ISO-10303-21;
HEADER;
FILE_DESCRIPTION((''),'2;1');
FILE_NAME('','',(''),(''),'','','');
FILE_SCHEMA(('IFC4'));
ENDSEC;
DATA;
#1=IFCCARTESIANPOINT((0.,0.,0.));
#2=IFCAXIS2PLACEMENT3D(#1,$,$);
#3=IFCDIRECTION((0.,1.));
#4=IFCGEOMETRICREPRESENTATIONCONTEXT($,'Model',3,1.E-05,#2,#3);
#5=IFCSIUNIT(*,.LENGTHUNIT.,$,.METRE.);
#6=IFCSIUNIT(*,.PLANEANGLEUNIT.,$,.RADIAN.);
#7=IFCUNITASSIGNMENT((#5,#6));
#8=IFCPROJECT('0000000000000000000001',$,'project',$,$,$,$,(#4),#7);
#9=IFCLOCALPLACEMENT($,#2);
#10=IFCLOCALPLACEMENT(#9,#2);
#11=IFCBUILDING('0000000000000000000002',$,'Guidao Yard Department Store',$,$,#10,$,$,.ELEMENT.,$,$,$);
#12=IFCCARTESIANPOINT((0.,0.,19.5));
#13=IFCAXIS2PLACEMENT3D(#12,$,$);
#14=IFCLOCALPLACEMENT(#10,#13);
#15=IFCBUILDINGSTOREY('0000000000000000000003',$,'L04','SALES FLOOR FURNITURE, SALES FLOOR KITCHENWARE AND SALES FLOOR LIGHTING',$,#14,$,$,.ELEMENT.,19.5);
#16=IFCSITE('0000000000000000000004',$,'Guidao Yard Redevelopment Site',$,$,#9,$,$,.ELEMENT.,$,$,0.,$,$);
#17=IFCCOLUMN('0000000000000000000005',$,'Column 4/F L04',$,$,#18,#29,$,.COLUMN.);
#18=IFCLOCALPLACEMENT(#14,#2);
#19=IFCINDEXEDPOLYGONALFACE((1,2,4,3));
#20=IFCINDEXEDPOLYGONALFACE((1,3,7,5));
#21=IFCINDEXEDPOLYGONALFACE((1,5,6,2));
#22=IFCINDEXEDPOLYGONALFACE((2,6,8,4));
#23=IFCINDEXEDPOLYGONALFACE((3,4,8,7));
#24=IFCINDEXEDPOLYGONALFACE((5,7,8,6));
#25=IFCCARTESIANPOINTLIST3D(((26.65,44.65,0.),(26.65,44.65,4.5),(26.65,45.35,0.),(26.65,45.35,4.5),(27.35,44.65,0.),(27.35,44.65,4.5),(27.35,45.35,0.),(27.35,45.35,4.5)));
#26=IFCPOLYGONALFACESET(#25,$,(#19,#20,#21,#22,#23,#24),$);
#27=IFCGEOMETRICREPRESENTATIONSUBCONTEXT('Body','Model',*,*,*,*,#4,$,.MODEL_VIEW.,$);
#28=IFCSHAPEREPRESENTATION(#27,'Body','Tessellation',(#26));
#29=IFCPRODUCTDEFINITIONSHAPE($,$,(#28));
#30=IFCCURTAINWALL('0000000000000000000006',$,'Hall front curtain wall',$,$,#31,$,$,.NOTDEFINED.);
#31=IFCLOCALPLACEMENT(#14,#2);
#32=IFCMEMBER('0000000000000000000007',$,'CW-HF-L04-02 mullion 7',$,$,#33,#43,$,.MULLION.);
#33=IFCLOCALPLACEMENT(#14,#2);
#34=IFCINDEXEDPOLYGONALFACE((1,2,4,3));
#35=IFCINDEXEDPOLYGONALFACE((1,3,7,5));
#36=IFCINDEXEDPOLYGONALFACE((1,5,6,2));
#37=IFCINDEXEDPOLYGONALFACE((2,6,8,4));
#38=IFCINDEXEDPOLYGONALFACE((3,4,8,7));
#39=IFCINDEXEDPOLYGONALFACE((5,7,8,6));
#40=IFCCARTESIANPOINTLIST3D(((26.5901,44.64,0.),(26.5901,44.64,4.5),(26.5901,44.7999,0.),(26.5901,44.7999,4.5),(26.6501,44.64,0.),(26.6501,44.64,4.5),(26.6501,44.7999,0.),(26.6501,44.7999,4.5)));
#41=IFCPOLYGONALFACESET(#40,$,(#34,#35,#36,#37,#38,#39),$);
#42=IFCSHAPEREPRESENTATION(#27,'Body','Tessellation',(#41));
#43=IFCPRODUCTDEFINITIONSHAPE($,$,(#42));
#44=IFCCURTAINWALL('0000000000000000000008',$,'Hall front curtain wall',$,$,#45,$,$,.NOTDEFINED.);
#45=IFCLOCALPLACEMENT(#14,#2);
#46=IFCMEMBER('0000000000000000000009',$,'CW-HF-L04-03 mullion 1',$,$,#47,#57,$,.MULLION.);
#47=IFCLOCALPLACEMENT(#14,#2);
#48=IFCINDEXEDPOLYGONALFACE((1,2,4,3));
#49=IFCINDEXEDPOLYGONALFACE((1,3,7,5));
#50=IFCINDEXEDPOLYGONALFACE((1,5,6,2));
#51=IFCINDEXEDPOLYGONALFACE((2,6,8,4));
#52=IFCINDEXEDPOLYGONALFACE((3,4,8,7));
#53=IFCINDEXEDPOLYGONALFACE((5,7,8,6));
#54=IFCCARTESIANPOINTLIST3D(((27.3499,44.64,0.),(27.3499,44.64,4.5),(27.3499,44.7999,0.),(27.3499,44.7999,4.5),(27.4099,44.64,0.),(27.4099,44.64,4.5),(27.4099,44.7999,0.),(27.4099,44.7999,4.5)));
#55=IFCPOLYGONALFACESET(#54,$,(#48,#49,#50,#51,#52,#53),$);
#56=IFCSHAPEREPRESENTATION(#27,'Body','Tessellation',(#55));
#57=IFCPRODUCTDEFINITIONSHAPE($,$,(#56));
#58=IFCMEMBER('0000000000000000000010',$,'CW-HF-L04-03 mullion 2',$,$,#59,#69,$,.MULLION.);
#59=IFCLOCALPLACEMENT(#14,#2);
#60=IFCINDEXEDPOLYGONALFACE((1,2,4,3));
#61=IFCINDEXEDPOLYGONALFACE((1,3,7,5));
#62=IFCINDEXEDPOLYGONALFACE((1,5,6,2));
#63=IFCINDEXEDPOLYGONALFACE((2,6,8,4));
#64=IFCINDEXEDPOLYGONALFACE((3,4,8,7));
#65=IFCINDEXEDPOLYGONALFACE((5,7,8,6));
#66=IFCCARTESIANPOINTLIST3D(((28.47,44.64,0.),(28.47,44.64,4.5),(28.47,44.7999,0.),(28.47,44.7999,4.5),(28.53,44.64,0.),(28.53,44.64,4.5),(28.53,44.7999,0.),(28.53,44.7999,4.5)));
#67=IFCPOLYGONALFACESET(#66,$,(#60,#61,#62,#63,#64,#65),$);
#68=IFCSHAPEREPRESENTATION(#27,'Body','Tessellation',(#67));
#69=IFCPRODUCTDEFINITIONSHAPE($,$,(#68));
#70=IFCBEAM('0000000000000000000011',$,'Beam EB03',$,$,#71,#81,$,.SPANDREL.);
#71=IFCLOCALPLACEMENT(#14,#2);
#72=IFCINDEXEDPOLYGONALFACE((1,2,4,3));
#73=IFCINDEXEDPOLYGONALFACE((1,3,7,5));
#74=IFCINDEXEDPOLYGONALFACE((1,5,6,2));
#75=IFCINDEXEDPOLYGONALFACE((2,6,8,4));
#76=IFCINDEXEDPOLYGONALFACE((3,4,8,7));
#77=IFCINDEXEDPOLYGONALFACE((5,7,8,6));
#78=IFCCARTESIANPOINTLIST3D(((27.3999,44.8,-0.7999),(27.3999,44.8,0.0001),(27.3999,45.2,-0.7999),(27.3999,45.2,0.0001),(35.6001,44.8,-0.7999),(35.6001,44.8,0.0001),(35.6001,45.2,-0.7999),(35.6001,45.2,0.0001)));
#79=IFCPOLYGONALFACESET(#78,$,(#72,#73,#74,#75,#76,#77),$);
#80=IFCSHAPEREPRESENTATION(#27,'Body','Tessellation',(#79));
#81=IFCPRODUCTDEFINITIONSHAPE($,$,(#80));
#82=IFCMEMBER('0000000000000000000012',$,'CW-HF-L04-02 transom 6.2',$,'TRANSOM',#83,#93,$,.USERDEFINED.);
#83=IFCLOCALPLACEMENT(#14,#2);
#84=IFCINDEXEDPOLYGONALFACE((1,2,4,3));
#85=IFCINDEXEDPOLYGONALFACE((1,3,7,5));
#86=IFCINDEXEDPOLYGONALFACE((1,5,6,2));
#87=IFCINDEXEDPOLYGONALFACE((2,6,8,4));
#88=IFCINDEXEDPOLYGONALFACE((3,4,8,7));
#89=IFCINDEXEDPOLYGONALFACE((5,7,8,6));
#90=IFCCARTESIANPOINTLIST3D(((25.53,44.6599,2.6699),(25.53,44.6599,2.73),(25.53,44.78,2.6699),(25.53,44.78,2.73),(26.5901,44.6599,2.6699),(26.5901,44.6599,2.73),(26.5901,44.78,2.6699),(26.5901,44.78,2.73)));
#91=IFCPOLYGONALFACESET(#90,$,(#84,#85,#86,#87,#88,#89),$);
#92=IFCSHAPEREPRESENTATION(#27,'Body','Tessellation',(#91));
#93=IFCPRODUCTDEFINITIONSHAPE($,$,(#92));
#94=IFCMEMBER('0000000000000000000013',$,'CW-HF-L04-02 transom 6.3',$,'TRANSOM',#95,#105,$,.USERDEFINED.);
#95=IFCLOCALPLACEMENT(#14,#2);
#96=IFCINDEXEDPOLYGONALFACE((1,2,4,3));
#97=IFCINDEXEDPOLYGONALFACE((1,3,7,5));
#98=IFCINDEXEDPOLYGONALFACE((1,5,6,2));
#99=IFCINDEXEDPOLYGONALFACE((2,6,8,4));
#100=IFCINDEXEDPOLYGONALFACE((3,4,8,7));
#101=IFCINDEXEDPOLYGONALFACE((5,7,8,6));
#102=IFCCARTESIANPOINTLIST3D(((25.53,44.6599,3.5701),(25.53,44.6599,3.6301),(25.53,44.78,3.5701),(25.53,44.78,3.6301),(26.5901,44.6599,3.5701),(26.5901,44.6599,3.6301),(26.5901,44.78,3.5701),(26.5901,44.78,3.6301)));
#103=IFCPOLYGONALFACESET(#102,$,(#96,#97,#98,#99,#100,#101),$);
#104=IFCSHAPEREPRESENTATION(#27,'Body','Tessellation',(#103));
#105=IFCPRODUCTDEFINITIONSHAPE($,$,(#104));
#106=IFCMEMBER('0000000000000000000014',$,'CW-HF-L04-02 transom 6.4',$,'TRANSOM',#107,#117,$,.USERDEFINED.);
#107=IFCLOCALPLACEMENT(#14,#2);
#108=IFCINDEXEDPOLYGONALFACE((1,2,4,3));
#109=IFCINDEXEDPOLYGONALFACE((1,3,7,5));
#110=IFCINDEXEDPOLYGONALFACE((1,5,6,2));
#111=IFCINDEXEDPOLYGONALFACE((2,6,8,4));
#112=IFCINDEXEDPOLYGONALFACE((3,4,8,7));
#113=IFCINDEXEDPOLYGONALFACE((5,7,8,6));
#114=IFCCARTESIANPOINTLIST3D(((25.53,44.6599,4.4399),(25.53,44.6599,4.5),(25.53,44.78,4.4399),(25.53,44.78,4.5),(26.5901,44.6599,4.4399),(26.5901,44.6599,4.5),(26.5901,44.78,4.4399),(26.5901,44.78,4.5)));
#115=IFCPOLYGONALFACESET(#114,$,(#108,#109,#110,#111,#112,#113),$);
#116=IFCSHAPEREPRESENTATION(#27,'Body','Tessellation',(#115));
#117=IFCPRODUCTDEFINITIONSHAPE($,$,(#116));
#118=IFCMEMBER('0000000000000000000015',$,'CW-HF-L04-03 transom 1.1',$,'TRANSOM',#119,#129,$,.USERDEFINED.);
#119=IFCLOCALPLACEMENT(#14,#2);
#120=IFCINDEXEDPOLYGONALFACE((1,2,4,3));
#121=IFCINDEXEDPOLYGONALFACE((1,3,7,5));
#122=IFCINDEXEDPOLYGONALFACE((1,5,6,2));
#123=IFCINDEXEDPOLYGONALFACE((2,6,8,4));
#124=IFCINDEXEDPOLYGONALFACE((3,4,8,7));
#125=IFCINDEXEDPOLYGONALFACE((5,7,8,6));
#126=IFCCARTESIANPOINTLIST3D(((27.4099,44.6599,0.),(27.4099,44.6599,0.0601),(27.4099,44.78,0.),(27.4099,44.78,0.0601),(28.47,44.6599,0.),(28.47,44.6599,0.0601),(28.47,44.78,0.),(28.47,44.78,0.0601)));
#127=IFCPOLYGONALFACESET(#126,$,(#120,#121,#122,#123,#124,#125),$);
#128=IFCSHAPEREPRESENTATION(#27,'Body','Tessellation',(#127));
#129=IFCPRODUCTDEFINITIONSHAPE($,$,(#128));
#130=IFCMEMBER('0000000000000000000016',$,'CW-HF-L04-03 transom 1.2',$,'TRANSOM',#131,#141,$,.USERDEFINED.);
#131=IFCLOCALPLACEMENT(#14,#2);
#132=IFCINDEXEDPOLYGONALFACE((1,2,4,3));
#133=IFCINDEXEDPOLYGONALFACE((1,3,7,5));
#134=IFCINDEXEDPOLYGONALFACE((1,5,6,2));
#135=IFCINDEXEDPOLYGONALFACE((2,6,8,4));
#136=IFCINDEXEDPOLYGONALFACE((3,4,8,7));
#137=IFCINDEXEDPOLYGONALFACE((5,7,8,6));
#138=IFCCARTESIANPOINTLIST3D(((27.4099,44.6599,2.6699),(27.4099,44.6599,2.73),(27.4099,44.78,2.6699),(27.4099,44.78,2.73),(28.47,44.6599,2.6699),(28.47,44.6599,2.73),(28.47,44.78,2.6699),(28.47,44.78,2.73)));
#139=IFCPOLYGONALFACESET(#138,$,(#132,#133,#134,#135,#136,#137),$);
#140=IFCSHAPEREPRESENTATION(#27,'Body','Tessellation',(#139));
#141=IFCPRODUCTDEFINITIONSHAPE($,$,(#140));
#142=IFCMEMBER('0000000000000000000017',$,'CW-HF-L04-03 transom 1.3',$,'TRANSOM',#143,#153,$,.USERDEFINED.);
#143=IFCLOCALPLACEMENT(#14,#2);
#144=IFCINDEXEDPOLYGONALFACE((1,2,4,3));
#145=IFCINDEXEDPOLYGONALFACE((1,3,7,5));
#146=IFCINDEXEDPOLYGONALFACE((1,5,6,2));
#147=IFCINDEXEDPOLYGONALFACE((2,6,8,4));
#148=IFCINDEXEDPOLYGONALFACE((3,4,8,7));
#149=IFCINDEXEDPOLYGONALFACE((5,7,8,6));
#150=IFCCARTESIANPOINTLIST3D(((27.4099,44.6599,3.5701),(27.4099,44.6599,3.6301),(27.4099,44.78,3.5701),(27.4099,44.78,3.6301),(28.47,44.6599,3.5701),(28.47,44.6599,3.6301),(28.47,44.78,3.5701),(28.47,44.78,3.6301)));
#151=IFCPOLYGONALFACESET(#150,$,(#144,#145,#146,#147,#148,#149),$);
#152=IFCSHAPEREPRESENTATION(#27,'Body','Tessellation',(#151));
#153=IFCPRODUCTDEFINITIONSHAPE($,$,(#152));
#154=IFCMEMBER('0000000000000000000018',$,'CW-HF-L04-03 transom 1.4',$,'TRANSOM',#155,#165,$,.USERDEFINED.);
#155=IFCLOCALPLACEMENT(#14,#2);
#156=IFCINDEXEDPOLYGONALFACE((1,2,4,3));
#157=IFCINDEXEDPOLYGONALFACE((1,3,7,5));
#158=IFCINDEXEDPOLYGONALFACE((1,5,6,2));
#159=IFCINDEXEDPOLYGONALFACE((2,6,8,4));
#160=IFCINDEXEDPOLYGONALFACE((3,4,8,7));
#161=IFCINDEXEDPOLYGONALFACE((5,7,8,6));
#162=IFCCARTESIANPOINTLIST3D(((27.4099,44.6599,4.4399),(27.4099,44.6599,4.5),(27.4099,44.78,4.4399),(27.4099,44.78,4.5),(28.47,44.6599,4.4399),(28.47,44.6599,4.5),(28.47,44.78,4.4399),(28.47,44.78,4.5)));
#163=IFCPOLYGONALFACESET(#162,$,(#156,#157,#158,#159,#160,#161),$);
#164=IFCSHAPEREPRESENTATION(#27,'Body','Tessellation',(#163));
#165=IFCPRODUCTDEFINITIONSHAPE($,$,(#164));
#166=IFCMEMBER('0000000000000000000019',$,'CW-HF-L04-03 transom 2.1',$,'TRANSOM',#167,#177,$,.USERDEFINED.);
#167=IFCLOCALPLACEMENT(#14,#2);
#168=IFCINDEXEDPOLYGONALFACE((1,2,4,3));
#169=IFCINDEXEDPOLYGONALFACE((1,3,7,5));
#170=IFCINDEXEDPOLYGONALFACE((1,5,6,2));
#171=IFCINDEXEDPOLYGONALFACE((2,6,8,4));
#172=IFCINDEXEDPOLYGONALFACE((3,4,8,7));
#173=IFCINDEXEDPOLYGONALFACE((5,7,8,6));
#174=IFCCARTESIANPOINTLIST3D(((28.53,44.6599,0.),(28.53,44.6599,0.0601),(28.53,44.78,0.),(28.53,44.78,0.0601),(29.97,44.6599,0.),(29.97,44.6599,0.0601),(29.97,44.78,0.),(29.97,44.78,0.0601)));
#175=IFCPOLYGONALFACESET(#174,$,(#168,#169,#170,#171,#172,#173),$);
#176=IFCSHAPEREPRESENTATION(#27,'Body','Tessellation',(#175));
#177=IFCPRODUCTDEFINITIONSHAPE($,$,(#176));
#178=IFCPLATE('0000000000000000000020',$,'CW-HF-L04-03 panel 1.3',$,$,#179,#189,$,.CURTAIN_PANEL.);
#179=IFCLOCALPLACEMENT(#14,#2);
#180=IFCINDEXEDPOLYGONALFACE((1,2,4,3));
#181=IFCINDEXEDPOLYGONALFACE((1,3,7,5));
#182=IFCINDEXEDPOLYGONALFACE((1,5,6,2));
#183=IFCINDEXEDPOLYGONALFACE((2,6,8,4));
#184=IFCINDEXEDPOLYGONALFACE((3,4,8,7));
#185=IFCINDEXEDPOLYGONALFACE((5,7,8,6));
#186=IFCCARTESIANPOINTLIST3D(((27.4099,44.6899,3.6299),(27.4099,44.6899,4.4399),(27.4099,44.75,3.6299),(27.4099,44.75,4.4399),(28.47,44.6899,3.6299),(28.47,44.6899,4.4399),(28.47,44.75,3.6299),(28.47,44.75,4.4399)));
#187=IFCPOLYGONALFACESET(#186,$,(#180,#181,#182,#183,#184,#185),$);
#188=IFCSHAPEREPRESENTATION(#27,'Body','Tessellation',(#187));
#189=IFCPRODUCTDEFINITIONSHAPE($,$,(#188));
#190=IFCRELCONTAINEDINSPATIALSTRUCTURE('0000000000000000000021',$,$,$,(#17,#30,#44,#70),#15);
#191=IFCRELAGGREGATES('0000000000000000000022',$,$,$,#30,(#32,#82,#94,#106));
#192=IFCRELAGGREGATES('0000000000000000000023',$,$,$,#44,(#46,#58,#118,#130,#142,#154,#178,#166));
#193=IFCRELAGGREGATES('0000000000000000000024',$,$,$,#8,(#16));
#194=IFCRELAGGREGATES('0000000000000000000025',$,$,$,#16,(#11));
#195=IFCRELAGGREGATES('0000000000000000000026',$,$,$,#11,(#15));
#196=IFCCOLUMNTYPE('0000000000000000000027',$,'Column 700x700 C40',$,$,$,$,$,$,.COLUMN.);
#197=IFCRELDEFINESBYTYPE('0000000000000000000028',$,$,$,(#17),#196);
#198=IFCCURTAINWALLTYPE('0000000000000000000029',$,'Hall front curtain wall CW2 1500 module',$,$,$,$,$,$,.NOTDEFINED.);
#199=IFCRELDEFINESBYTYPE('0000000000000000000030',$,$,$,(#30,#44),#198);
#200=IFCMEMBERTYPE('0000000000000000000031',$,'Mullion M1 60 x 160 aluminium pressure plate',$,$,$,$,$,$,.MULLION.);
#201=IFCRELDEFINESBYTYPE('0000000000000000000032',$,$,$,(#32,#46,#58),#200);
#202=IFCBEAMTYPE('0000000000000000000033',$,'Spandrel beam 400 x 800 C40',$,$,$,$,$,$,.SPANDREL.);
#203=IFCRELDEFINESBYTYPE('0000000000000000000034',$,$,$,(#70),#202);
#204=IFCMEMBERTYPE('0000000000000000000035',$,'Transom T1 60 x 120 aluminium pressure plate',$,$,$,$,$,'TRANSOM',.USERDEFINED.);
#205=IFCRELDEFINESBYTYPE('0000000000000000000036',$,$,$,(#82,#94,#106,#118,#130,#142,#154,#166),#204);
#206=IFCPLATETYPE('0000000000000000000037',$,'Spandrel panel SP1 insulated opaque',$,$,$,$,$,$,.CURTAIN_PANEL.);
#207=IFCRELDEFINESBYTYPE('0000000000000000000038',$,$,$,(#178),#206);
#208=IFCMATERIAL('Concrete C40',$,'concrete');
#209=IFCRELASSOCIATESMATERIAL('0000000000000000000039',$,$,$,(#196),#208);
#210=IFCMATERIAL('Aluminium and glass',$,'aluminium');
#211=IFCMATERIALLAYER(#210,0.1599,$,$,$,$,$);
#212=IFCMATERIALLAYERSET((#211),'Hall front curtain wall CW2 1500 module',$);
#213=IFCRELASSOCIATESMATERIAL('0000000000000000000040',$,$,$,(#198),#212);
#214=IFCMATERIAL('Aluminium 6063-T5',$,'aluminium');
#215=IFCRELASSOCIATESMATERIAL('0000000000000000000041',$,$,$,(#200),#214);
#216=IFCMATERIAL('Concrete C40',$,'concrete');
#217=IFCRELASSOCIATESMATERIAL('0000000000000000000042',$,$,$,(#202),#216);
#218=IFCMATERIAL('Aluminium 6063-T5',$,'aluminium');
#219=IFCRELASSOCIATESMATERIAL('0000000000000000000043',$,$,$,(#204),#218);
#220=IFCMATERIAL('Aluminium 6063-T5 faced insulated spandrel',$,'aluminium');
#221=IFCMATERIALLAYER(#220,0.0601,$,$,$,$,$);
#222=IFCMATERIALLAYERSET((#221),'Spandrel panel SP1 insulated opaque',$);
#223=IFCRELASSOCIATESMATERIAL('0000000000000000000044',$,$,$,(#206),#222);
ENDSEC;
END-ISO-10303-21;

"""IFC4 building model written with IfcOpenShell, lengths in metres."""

from ifc_helpers import new_model, si_unit, direction, frame, origin, origin_2d, place, context, subcontext, project, spatial, rectangle, extrude, material, layer, layer_set, material_profile, profile_set, type_object, element, aggregate, save


model = new_model("IFC4")

# Units and contexts
model_context = context("Model", 3, precision=1e-05, world=origin(), true_north=direction((0.0, 1.0)))
body_context = subcontext(model_context, "Body", "Model", "MODEL_VIEW")
ifc_project = project(units=[si_unit("LENGTHUNIT", "METRE"), si_unit("PLANEANGLEUNIT", "RADIAN")], contexts=[model_context])

# Site, building, storey
site_placement = place(None, origin())
site = spatial("IfcSite", under=ifc_project, at=site_placement, Name="Guidao Yard Redevelopment Site", CompositionType="ELEMENT", RefElevation=0.0)
building_placement = place(site_placement, origin())
building = spatial("IfcBuilding", under=site, at=building_placement, Name="Guidao Yard Department Store", CompositionType="ELEMENT")
storey_placement = place(building_placement, frame((0.0, 0.0, 19.5)))
storey = spatial("IfcBuildingStorey", under=building, at=storey_placement, Name="L04", Description="SALES FLOOR FURNITURE, SALES FLOOR KITCHENWARE AND SALES FLOOR LIGHTING", CompositionType="ELEMENT", Elevation=19.5)

# Column
ifc_material_1 = material(Name="Concrete C40", Category="concrete")
ifc_material_profile_1 = material_profile(ifc_material_1, rectangle(XDim=0.7, YDim=0.7, at=origin_2d()), Name="COL 700x700")
ifc_profile_set_1 = profile_set([ifc_material_profile_1], Name="Concrete C40")
column_type = type_object("IfcColumnType", Name="Column 700x700 C40", PredefinedType="COLUMN", material=ifc_profile_set_1)
column_placement = place(storey_placement, frame((27.0, 45.0, 0.0), z_axis=(0.0, 0.0, 1.0), x_axis=(1.0, 0.0, 0.0)))
element("IfcColumn", 1, at=column_placement, inside=storey, type_object=column_type, Name="Column 4/F L04", PredefinedType="COLUMN", context=body_context, shape_type="SweptSolid", body=[
    extrude(rectangle(XDim=0.7, YDim=0.7, at=origin_2d()), origin(), (0.0, 0.0, 1.0), 4.5),
])

# Curtain wall, member
ifc_material_2 = material(Name="Aluminium and glass", Category="aluminium")
ifc_layer_1 = layer(ifc_material_2, 0.1599)
ifc_layer_set_1 = layer_set([ifc_layer_1], Name="Hall front curtain wall CW2 1500 module")
curtain_wall_type = type_object("IfcCurtainWallType", Name="Hall front curtain wall CW2 1500 module", PredefinedType="NOTDEFINED", material=ifc_layer_set_1)
curtain_wall_1_placement = place(storey_placement, origin())
curtain_wall_1 = element("IfcCurtainWall", 2, at=curtain_wall_1_placement, inside=storey, type_object=curtain_wall_type, Name="Hall front curtain wall", PredefinedType="NOTDEFINED")
ifc_material_3 = material(Name="Aluminium 6063-T5", Category="aluminium")
ifc_material_profile_2 = material_profile(ifc_material_3, rectangle(XDim=0.0601, YDim=0.1599, at=origin_2d()), Name="Mullion M1 60 x 160 aluminium pressure plate")
ifc_profile_set_2 = profile_set([ifc_material_profile_2], Name="Aluminium 6063-T5")
member_type_1 = type_object("IfcMemberType", Name="Mullion M1 60 x 160 aluminium pressure plate", PredefinedType="MULLION", material=ifc_profile_set_2)
member_1_placement = place(storey_placement, frame((26.6201, 44.72, 0.0), z_axis=(0.0, 0.0, 1.0), x_axis=(-1.0, 0.0, 0.0)))
member_1 = element("IfcMember", 3, at=member_1_placement, type_object=member_type_1, Name="CW-HF-L04-02 mullion 7", PredefinedType="MULLION", context=body_context, shape_type="SweptSolid", body=[
    extrude(rectangle(XDim=0.0601, YDim=0.1599, at=origin_2d()), origin(), (0.0, 0.0, 1.0), 4.5),
])

# Curtain wall, members
curtain_wall_2_placement = place(storey_placement, origin())
curtain_wall_2 = element("IfcCurtainWall", 4, at=curtain_wall_2_placement, inside=storey, type_object=curtain_wall_type, Name="Hall front curtain wall", PredefinedType="NOTDEFINED")
member_2_placement = place(storey_placement, frame((27.3799, 44.72, 0.0), z_axis=(0.0, 0.0, 1.0), x_axis=(-1.0, 0.0, 0.0)))
member_2 = element("IfcMember", 5, at=member_2_placement, type_object=member_type_1, Name="CW-HF-L04-03 mullion 1", PredefinedType="MULLION", context=body_context, shape_type="SweptSolid", body=[
    extrude(rectangle(XDim=0.0601, YDim=0.1599, at=origin_2d()), origin(), (0.0, 0.0, 1.0), 4.5),
])
member_3_placement = place(storey_placement, frame((28.5, 44.72, 0.0), z_axis=(0.0, 0.0, 1.0), x_axis=(-1.0, 0.0, 0.0)))
member_3 = element("IfcMember", 6, at=member_3_placement, type_object=member_type_1, Name="CW-HF-L04-03 mullion 2", PredefinedType="MULLION", context=body_context, shape_type="SweptSolid", body=[
    extrude(rectangle(XDim=0.0601, YDim=0.1599, at=origin_2d()), origin(), (0.0, 0.0, 1.0), 4.5),
])

# Beam
ifc_material_4 = material(Name="Concrete C40", Category="concrete")
ifc_material_profile_3 = material_profile(ifc_material_4, rectangle(XDim=0.3999, YDim=0.8, at=origin_2d()), Name="Spandrel beam 400 x 800 C40")
ifc_profile_set_3 = profile_set([ifc_material_profile_3], Name="Concrete C40")
beam_type = type_object("IfcBeamType", Name="Spandrel beam 400 x 800 C40", PredefinedType="SPANDREL", material=ifc_profile_set_3)
beam_placement = place(storey_placement, frame((27.3999, 45.0, -0.3999), z_axis=(1.0, 0.0, 0.0), x_axis=(0.0, 1.0, 0.0)))
element("IfcBeam", 7, at=beam_placement, inside=storey, type_object=beam_type, Name="Beam EB03", PredefinedType="SPANDREL", context=body_context, shape_type="SweptSolid", body=[
    extrude(rectangle(XDim=0.3999, YDim=0.8, at=origin_2d()), origin(), (0.0, 0.0, 1.0), 8.2002),
])

# Members
ifc_material_5 = material(Name="Aluminium 6063-T5", Category="aluminium")
ifc_material_profile_4 = material_profile(ifc_material_5, rectangle(XDim=0.1201, YDim=0.0601, at=origin_2d()), Name="Transom T1 60 x 120 aluminium pressure plate")
ifc_profile_set_4 = profile_set([ifc_material_profile_4], Name="Aluminium 6063-T5")
member_type_2 = type_object("IfcMemberType", Name="Transom T1 60 x 120 aluminium pressure plate", ElementType="TRANSOM", PredefinedType="USERDEFINED", material=ifc_profile_set_4)
member_4_placement = place(storey_placement, frame((26.5901, 44.72, 2.7), z_axis=(-1.0, 0.0, 0.0), x_axis=(0.0, -1.0, 0.0)))
member_4 = element("IfcMember", 8, at=member_4_placement, type_object=member_type_2, Name="CW-HF-L04-02 transom 6.2", ObjectType="TRANSOM", PredefinedType="USERDEFINED", context=body_context, shape_type="SweptSolid", body=[
    extrude(rectangle(XDim=0.1201, YDim=0.0601, at=origin_2d()), origin(), (0.0, 0.0, 1.0), 1.0601),
])
member_5_placement = place(storey_placement, frame((26.5901, 44.72, 3.6001), z_axis=(-1.0, 0.0, 0.0), x_axis=(0.0, -1.0, 0.0)))
member_5 = element("IfcMember", 9, at=member_5_placement, type_object=member_type_2, Name="CW-HF-L04-02 transom 6.3", ObjectType="TRANSOM", PredefinedType="USERDEFINED", context=body_context, shape_type="SweptSolid", body=[
    extrude(rectangle(XDim=0.1201, YDim=0.0601, at=origin_2d()), origin(), (0.0, 0.0, 1.0), 1.0601),
])
member_6_placement = place(storey_placement, frame((26.5901, 44.72, 4.47), z_axis=(-1.0, 0.0, 0.0), x_axis=(0.0, -1.0, 0.0)))
member_6 = element("IfcMember", 10, at=member_6_placement, type_object=member_type_2, Name="CW-HF-L04-02 transom 6.4", ObjectType="TRANSOM", PredefinedType="USERDEFINED", context=body_context, shape_type="SweptSolid", body=[
    extrude(rectangle(XDim=0.1201, YDim=0.0601, at=origin_2d()), origin(), (0.0, 0.0, 1.0), 1.0601),
])
aggregate(curtain_wall_1, [member_1, member_4, member_5, member_6])
member_7_placement = place(storey_placement, frame((28.47, 44.72, 0.03), z_axis=(-1.0, 0.0, 0.0), x_axis=(0.0, -1.0, 0.0)))
member_7 = element("IfcMember", 11, at=member_7_placement, type_object=member_type_2, Name="CW-HF-L04-03 transom 1.1", ObjectType="TRANSOM", PredefinedType="USERDEFINED", context=body_context, shape_type="SweptSolid", body=[
    extrude(rectangle(XDim=0.1201, YDim=0.0601, at=origin_2d()), origin(), (0.0, 0.0, 1.0), 1.0601),
])
member_8_placement = place(storey_placement, frame((28.47, 44.72, 2.7), z_axis=(-1.0, 0.0, 0.0), x_axis=(0.0, -1.0, 0.0)))
member_8 = element("IfcMember", 12, at=member_8_placement, type_object=member_type_2, Name="CW-HF-L04-03 transom 1.2", ObjectType="TRANSOM", PredefinedType="USERDEFINED", context=body_context, shape_type="SweptSolid", body=[
    extrude(rectangle(XDim=0.1201, YDim=0.0601, at=origin_2d()), origin(), (0.0, 0.0, 1.0), 1.0601),
])
member_9_placement = place(storey_placement, frame((28.47, 44.72, 3.6001), z_axis=(-1.0, 0.0, 0.0), x_axis=(0.0, -1.0, 0.0)))
member_9 = element("IfcMember", 13, at=member_9_placement, type_object=member_type_2, Name="CW-HF-L04-03 transom 1.3", ObjectType="TRANSOM", PredefinedType="USERDEFINED", context=body_context, shape_type="SweptSolid", body=[
    extrude(rectangle(XDim=0.1201, YDim=0.0601, at=origin_2d()), origin(), (0.0, 0.0, 1.0), 1.0601),
])
member_10_placement = place(storey_placement, frame((28.47, 44.72, 4.47), z_axis=(-1.0, 0.0, 0.0), x_axis=(0.0, -1.0, 0.0)))
member_10 = element("IfcMember", 14, at=member_10_placement, type_object=member_type_2, Name="CW-HF-L04-03 transom 1.4", ObjectType="TRANSOM", PredefinedType="USERDEFINED", context=body_context, shape_type="SweptSolid", body=[
    extrude(rectangle(XDim=0.1201, YDim=0.0601, at=origin_2d()), origin(), (0.0, 0.0, 1.0), 1.0601),
])
member_11_placement = place(storey_placement, frame((29.97, 44.72, 0.03), z_axis=(-1.0, 0.0, 0.0), x_axis=(0.0, -1.0, 0.0)))
member_11 = element("IfcMember", 15, at=member_11_placement, type_object=member_type_2, Name="CW-HF-L04-03 transom 2.1", ObjectType="TRANSOM", PredefinedType="USERDEFINED", context=body_context, shape_type="SweptSolid", body=[
    extrude(rectangle(XDim=0.1201, YDim=0.0601, at=origin_2d()), origin(), (0.0, 0.0, 1.0), 1.4399),
])

# Plate
ifc_material_6 = material(Name="Aluminium 6063-T5 faced insulated spandrel", Category="aluminium")
ifc_layer_2 = layer(ifc_material_6, 0.0601)
ifc_layer_set_2 = layer_set([ifc_layer_2], Name="Spandrel panel SP1 insulated opaque")
plate_type_1 = type_object("IfcPlateType", Name="Spandrel panel SP1 insulated opaque", PredefinedType="CURTAIN_PANEL", material=ifc_layer_set_2)
plate_1_placement = place(storey_placement, frame((27.9399, 44.72, 3.6299), z_axis=(0.0, 0.0, 1.0), x_axis=(-1.0, 0.0, 0.0)))
plate_1 = element("IfcPlate", 16, at=plate_1_placement, type_object=plate_type_1, Name="CW-HF-L04-03 panel 1.3", PredefinedType="CURTAIN_PANEL", context=body_context, shape_type="SweptSolid", body=[
    extrude(rectangle(XDim=1.0601, YDim=0.0601, at=origin_2d()), origin(), (0.0, 0.0, 1.0), 0.8101),
])
aggregate(curtain_wall_2, [member_2, member_3, member_7, member_8, member_9, member_10, plate_1, member_11])

save(model, "model.ifc")
